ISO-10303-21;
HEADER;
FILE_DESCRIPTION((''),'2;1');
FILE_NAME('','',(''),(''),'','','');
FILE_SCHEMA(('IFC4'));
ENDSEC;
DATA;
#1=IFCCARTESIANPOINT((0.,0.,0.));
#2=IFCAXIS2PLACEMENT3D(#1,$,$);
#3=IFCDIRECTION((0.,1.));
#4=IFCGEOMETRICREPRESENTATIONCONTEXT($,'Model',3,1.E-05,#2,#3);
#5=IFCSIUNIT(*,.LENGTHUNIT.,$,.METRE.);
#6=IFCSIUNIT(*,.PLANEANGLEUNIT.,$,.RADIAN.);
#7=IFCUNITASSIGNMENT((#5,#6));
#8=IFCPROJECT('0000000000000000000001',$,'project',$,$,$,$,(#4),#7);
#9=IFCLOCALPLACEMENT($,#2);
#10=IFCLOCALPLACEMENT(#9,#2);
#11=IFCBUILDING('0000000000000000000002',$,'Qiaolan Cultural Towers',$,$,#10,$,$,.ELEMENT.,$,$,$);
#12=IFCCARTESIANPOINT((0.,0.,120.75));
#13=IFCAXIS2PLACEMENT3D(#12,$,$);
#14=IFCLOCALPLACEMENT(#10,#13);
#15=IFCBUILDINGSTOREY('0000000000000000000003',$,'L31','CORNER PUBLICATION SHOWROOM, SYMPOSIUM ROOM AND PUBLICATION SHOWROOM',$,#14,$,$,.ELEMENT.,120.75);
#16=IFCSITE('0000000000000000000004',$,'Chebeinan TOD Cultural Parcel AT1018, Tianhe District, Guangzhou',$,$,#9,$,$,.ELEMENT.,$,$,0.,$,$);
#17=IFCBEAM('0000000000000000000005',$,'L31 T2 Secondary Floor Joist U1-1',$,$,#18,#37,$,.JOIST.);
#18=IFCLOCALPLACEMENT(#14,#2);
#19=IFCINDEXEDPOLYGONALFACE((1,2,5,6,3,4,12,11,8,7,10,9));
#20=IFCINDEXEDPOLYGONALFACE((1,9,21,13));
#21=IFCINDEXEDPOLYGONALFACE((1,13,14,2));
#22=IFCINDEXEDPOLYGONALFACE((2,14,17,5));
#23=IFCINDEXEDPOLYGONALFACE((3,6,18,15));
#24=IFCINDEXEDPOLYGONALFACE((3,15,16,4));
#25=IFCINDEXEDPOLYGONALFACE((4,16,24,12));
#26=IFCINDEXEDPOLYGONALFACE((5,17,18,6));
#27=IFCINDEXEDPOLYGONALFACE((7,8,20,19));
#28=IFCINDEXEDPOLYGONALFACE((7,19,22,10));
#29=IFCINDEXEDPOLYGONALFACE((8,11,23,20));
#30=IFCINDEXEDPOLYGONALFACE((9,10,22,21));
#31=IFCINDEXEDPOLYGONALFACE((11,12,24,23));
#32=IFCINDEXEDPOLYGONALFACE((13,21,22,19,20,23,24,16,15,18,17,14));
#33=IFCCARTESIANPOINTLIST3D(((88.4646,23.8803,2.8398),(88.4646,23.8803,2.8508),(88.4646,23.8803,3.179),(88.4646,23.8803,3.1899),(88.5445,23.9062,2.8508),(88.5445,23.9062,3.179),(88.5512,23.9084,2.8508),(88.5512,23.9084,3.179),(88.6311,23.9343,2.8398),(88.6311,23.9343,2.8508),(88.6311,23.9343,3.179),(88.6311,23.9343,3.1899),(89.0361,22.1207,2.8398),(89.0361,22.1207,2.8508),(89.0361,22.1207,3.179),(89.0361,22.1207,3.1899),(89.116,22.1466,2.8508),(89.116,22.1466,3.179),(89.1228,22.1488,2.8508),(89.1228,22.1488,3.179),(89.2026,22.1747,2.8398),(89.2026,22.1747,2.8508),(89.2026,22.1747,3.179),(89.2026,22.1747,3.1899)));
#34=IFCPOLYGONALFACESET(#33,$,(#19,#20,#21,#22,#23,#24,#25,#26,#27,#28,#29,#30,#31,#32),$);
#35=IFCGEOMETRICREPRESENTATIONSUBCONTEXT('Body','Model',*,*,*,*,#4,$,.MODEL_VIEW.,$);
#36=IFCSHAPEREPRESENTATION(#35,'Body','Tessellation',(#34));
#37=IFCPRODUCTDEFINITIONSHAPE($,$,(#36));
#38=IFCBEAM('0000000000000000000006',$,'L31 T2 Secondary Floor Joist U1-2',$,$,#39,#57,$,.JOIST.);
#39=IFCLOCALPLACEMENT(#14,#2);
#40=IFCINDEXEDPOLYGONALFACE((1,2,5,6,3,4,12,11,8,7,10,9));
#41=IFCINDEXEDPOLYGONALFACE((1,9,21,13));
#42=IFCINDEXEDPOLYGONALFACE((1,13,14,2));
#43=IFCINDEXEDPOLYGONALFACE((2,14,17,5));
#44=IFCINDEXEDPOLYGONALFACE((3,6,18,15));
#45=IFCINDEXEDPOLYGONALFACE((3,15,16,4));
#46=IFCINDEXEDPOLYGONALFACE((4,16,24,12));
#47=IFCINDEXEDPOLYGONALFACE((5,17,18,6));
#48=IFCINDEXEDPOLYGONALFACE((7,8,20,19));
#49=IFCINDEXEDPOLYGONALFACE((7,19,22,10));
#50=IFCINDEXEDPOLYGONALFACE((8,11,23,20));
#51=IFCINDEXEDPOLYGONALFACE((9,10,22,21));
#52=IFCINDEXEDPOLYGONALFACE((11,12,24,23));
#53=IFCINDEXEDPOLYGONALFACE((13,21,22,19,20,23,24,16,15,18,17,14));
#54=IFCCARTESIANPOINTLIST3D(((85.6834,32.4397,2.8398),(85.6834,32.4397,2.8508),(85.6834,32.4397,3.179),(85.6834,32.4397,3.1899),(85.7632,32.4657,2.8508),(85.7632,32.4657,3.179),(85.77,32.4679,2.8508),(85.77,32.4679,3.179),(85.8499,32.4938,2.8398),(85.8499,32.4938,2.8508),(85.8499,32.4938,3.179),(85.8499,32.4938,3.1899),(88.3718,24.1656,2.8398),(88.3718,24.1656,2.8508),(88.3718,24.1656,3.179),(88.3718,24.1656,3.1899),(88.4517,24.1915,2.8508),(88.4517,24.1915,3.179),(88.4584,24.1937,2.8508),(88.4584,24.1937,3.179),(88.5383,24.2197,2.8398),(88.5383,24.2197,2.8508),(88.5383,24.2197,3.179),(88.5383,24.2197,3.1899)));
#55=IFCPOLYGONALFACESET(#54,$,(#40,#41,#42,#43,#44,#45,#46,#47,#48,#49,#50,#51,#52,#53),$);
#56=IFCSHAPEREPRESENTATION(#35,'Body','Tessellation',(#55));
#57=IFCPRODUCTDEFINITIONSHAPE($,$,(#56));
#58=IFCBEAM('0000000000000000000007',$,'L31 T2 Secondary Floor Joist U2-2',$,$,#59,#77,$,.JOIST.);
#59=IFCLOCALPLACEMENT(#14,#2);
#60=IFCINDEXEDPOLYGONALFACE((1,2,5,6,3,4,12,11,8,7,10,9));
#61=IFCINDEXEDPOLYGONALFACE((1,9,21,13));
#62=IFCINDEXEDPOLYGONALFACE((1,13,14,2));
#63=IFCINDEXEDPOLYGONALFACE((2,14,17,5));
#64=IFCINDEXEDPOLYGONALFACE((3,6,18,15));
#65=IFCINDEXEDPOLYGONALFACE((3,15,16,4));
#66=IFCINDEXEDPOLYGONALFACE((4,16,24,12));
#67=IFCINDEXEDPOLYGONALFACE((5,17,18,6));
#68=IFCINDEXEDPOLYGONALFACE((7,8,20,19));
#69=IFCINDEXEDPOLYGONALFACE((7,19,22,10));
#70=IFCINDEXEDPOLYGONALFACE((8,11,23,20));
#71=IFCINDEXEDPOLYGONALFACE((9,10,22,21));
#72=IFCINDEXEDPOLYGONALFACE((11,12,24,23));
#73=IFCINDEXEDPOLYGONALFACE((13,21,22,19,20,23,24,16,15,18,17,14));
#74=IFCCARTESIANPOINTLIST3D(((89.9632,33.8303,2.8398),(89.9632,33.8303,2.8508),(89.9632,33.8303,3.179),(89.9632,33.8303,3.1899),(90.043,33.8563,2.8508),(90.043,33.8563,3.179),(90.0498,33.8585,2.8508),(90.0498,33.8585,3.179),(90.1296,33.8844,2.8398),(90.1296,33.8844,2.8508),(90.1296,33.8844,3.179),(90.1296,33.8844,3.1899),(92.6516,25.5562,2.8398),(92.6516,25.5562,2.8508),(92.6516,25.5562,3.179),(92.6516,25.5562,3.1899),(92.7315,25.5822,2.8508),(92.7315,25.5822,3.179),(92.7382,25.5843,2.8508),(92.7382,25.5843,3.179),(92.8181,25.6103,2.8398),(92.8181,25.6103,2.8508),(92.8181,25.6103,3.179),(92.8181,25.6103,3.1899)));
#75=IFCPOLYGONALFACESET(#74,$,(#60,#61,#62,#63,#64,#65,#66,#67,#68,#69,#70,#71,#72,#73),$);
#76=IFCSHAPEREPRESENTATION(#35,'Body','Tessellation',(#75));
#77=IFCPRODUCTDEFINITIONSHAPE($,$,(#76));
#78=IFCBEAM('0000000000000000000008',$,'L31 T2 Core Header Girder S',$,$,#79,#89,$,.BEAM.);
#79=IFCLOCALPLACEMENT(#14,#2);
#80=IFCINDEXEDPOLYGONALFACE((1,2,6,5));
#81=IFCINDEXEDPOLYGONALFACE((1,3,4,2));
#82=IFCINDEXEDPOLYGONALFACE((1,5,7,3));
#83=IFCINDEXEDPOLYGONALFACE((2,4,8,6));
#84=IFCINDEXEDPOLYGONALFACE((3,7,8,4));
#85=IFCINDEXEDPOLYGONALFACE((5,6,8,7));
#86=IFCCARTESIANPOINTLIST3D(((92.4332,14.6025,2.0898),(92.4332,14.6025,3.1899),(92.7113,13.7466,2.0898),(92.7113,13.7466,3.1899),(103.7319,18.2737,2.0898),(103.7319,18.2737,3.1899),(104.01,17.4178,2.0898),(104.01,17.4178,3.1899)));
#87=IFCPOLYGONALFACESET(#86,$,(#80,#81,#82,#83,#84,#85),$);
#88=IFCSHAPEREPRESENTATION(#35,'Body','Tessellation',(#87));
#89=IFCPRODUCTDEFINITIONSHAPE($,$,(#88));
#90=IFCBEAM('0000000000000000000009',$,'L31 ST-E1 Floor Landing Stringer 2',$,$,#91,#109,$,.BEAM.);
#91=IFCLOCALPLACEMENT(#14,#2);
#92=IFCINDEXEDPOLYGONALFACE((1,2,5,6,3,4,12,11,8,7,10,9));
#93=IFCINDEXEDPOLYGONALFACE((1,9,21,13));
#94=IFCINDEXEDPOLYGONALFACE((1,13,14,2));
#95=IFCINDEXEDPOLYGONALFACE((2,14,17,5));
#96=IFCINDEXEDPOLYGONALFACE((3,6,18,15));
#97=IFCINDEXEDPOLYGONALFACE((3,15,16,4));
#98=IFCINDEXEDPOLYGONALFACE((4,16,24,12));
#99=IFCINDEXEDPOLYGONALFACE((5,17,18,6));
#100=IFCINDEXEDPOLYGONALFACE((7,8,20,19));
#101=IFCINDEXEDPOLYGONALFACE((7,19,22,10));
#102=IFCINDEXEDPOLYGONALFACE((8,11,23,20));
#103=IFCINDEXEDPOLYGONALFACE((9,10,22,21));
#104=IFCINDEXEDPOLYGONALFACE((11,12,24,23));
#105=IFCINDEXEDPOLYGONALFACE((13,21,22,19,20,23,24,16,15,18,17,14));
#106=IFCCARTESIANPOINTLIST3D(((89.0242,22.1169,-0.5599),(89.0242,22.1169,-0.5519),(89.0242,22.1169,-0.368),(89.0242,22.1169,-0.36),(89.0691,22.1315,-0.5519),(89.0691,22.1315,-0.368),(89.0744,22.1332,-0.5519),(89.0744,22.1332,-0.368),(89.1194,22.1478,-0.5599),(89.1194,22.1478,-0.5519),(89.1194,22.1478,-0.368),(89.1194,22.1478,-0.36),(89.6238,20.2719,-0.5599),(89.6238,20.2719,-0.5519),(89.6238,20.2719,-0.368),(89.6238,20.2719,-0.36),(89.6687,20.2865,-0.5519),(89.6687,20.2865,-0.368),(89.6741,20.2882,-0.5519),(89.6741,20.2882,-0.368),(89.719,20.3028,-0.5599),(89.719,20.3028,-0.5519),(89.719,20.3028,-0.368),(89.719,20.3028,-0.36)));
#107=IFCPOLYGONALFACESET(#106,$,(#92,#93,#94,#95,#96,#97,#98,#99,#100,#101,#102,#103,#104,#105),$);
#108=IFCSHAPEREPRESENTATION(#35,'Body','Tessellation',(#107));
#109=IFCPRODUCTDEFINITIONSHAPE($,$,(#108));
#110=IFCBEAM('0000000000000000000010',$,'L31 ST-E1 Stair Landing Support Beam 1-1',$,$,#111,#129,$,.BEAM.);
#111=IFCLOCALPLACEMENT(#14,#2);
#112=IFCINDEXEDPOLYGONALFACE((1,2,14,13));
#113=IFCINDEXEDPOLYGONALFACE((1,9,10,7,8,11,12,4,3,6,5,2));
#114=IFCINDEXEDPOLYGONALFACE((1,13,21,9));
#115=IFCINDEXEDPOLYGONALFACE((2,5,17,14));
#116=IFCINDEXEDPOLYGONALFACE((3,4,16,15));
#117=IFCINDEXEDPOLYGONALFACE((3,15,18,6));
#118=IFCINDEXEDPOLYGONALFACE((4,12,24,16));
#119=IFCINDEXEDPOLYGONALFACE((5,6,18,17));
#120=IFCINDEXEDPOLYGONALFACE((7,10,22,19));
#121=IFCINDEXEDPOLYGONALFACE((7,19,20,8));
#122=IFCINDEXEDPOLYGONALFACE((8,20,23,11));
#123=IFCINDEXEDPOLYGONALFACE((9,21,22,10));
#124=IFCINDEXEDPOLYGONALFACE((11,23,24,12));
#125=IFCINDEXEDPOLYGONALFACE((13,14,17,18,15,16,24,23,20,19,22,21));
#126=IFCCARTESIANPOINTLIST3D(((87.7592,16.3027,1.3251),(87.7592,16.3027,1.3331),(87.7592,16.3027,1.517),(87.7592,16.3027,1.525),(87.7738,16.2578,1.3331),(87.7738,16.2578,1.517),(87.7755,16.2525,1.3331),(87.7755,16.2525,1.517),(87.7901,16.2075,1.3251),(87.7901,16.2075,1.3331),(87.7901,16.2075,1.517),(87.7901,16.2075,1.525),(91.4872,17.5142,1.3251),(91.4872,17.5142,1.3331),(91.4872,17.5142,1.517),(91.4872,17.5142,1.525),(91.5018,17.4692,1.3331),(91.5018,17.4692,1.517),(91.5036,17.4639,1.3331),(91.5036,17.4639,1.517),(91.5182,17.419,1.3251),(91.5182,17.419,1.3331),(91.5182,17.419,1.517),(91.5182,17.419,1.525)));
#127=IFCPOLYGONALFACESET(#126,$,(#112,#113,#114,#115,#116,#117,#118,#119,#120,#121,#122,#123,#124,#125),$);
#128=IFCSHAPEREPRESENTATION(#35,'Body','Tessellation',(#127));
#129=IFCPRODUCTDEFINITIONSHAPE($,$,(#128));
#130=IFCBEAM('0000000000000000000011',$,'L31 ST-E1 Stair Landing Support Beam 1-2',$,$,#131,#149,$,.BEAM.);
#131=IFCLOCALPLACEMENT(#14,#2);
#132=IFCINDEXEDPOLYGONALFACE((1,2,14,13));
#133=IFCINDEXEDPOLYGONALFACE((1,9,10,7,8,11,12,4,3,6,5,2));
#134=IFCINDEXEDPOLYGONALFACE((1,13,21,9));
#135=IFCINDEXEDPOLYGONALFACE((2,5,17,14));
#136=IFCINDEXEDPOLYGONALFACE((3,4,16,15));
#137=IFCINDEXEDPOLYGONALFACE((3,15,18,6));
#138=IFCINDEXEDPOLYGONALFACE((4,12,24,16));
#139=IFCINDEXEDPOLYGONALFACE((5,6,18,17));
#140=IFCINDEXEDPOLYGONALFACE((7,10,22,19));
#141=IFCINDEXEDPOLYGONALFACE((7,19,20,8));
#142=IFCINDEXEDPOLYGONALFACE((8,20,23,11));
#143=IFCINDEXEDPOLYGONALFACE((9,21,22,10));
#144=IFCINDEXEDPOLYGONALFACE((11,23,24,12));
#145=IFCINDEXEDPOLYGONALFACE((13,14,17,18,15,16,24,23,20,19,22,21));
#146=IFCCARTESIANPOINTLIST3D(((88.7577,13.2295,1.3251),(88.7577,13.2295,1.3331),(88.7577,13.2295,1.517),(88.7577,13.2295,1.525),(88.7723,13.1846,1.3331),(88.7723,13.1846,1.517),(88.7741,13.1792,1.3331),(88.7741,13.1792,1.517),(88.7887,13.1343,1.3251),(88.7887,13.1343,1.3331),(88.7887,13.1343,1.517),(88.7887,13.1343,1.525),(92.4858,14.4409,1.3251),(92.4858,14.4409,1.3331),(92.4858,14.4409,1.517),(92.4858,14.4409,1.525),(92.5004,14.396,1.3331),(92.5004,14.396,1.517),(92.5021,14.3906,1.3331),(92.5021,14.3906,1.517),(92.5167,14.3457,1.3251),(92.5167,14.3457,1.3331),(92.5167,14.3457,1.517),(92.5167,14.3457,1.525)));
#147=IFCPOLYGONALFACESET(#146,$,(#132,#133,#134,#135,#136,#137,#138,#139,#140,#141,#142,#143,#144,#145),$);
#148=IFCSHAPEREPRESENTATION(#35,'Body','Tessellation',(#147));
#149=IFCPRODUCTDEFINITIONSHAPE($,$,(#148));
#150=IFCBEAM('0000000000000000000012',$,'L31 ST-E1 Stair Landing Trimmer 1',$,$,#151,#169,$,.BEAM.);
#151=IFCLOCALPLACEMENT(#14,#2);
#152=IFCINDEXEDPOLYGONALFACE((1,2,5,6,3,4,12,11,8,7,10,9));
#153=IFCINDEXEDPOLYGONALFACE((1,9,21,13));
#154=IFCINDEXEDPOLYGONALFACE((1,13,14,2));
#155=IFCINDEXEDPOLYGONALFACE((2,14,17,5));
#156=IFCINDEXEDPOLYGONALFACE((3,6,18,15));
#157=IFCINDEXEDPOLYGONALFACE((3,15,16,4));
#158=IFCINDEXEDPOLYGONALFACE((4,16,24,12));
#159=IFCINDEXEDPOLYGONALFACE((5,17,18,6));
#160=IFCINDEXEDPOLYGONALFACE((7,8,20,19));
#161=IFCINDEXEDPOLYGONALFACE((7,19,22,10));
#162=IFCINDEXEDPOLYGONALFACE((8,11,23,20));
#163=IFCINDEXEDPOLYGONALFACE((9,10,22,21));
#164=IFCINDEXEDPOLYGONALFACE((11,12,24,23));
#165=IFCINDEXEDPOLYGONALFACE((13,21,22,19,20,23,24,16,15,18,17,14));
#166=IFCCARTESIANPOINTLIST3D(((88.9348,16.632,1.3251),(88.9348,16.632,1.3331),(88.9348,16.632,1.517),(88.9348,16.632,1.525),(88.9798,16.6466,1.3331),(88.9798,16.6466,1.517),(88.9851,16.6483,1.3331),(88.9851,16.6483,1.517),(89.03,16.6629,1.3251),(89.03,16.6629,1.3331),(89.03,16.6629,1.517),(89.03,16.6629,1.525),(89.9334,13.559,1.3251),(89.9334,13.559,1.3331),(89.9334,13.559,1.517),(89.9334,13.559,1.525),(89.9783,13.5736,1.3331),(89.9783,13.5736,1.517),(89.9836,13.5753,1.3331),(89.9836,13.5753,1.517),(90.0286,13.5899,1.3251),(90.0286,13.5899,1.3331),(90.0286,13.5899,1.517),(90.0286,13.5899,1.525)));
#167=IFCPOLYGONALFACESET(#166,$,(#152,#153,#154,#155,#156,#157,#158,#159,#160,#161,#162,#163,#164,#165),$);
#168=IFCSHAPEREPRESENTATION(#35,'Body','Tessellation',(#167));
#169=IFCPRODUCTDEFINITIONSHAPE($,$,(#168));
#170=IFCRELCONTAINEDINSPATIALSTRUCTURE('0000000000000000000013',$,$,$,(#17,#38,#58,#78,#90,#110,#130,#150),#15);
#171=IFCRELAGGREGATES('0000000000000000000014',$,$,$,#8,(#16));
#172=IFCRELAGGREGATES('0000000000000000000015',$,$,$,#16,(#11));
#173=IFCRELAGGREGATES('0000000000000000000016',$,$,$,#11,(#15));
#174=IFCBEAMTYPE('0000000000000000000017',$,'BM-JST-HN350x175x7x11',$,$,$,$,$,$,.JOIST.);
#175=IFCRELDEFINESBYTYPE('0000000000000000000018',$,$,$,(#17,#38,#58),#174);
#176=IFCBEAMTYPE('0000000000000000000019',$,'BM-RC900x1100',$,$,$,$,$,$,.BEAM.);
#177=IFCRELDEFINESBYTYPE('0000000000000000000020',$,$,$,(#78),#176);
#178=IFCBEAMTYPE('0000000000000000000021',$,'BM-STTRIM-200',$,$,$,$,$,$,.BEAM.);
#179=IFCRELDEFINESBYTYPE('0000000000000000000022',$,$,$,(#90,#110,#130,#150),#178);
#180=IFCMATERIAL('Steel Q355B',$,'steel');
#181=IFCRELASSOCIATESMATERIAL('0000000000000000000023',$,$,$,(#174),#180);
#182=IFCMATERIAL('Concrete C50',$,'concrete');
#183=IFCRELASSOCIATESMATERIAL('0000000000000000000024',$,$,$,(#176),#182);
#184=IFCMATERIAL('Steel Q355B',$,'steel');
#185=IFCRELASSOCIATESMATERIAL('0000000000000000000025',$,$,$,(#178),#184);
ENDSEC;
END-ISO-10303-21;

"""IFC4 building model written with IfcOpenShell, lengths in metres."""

from ifc_helpers import new_model, si_unit, direction, frame, origin, origin_2d, place, context, subcontext, project, spatial, rectangle, i_section, extrude, material, material_profile, profile_set, type_object, element, save


model = new_model("IFC4")

# Units and contexts
model_context = context("Model", 3, precision=1e-05, world=origin(), true_north=direction((0.0, 1.0)))
body_context = subcontext(model_context, "Body", "Model", "MODEL_VIEW")
ifc_project = project(units=[si_unit("LENGTHUNIT", "METRE"), si_unit("PLANEANGLEUNIT", "RADIAN")], contexts=[model_context])

# Site, building, storey
site_placement = place(None, origin())
site = spatial("IfcSite", under=ifc_project, at=site_placement, Name="Chebeinan TOD Cultural Parcel AT1018, Tianhe District, Guangzhou", CompositionType="ELEMENT", RefElevation=0.0)
building_placement = place(site_placement, origin())
building = spatial("IfcBuilding", under=site, at=building_placement, Name="Qiaolan Cultural Towers", CompositionType="ELEMENT")
storey_placement = place(building_placement, frame((0.0, 0.0, 120.75)))
storey = spatial("IfcBuildingStorey", under=building, at=storey_placement, Name="L31", Description="CORNER PUBLICATION SHOWROOM, SYMPOSIUM ROOM AND PUBLICATION SHOWROOM", CompositionType="ELEMENT", Elevation=120.75)

# Beams
ifc_material_1 = material(Name="Steel Q355B", Category="steel")
ifc_material_profile_1 = material_profile(ifc_material_1, i_section(OverallWidth=0.175, OverallDepth=0.3501, WebThickness=0.0071, FlangeThickness=0.011, at=origin_2d()), Name="HN350x175x7x11")
ifc_profile_set_1 = profile_set([ifc_material_profile_1], Name="Steel Q355B")
beam_type_1 = type_object("IfcBeamType", Name="BM-JST-HN350x175x7x11", PredefinedType="JOIST", material=ifc_profile_set_1)
beam_1_placement = place(storey_placement, frame((89.1194, 22.1477, 3.0149), z_axis=(-0.308934, 0.951084, 0.0), x_axis=(-0.951084, -0.308934, 0.0)))
element("IfcBeam", 1, at=beam_1_placement, inside=storey, type_object=beam_type_1, Name="L31 T2 Secondary Floor Joist U1-1", PredefinedType="JOIST", context=body_context, shape_type="SweptSolid", body=[
    extrude(i_section(OverallWidth=0.175, OverallDepth=0.3501, WebThickness=0.0071, FlangeThickness=0.011, at=origin_2d()), origin(), (0.0, 0.0, 1.0), 1.8501),
])
for number, where, z_axis, x_axis, name in (
    (2, (88.4551, 24.1926, 3.0149), (-0.309021, 0.951055, 0.0), (-0.951055, -0.309021, 0.0), "L31 T2 Secondary Floor Joist U1-2"),
    (3, (92.7349, 25.5833, 3.0149), (-0.309021, 0.951055, 0.0), (-0.951055, -0.309021, 0.0), "L31 T2 Secondary Floor Joist U2-2"),
):
    element("IfcBeam", number, at=place(storey_placement, frame(where, z_axis=z_axis, x_axis=x_axis)), inside=storey, type_object=beam_type_1, Name=name, PredefinedType="JOIST", context=body_context, shape_type="SweptSolid", body=[
        extrude(i_section(OverallWidth=0.175, OverallDepth=0.3501, WebThickness=0.0071, FlangeThickness=0.011, at=origin_2d()), origin(), (0.0, 0.0, 1.0), 8.7),
    ])
ifc_material_2 = material(Name="Concrete C50", Category="concrete")
ifc_material_profile_2 = material_profile(ifc_material_2, rectangle(XDim=0.8999, YDim=1.1001, at=origin_2d()), Name="RC900x1100")
ifc_profile_set_2 = profile_set([ifc_material_profile_2], Name="Concrete C50")
beam_type_2 = type_object("IfcBeamType", Name="BM-RC900x1100", PredefinedType="BEAM", material=ifc_profile_set_2)
beam_2_placement = place(storey_placement, frame((92.5723, 14.1746, 2.6399), z_axis=(0.951056, 0.309018, 0.0), x_axis=(-0.309018, 0.951056, 0.0)))
element("IfcBeam", 4, at=beam_2_placement, inside=storey, type_object=beam_type_2, Name="L31 T2 Core Header Girder S", PredefinedType="BEAM", context=body_context, shape_type="SweptSolid", body=[
    extrude(rectangle(XDim=0.8999, YDim=1.1001, at=origin_2d()), origin(), (0.0, 0.0, 1.0), 11.8801),
])
ifc_material_3 = material(Name="Steel Q355B", Category="steel")
ifc_material_profile_3 = material_profile(ifc_material_3, i_section(OverallWidth=0.1001, OverallDepth=0.2, WebThickness=0.0056, FlangeThickness=0.0081, at=origin_2d()), Name="HN200x100x5.5x8")
ifc_profile_set_3 = profile_set([ifc_material_profile_3], Name="Steel Q355B")
beam_type_3 = type_object("IfcBeamType", Name="BM-STTRIM-200", PredefinedType="BEAM", material=ifc_profile_set_3)
beam_3_placement = place(storey_placement, frame((89.0718, 22.1323, -0.46), z_axis=(0.309083, -0.951035, 0.0), x_axis=(0.951035, 0.309083, 0.0)))
element("IfcBeam", 5, at=beam_3_placement, inside=storey, type_object=beam_type_3, Name="L31 ST-E1 Floor Landing Stringer 2", PredefinedType="BEAM", context=body_context, shape_type="SweptSolid", body=[
    extrude(i_section(OverallWidth=0.1001, OverallDepth=0.2, WebThickness=0.0056, FlangeThickness=0.0081, at=origin_2d()), origin(), (0.0, 0.0, 1.0), 1.9399),
])
for number, where, z_axis, x_axis, name in (
    (6, (87.7747, 16.2551, 1.425), (0.951048, 0.309044, 0.0), (-0.309044, 0.951048, 0.0), "L31 ST-E1 Stair Landing Support Beam 1-1"),
    (7, (88.7732, 13.1819, 1.425), (0.951048, 0.309044, 0.0), (-0.309044, 0.951048, 0.0), "L31 ST-E1 Stair Landing Support Beam 1-2"),
):
    element("IfcBeam", number, at=place(storey_placement, frame(where, z_axis=z_axis, x_axis=x_axis)), inside=storey, type_object=beam_type_3, Name=name, PredefinedType="BEAM", context=body_context, shape_type="SweptSolid", body=[
        extrude(i_section(OverallWidth=0.1001, OverallDepth=0.2, WebThickness=0.0056, FlangeThickness=0.0081, at=origin_2d()), origin(), (0.0, 0.0, 1.0), 3.9199),
    ])
beam_4_placement = place(storey_placement, frame((88.9824, 16.6475, 1.425), z_axis=(0.309033, -0.951051, 0.0), x_axis=(0.951051, 0.309033, 0.0)))
element("IfcBeam", 8, at=beam_4_placement, inside=storey, type_object=beam_type_3, Name="L31 ST-E1 Stair Landing Trimmer 1", PredefinedType="BEAM", context=body_context, shape_type="SweptSolid", body=[
    extrude(i_section(OverallWidth=0.1001, OverallDepth=0.2, WebThickness=0.0056, FlangeThickness=0.0081, at=origin_2d()), origin(), (0.0, 0.0, 1.0), 3.2312),
])

save(model, "model.ifc")
